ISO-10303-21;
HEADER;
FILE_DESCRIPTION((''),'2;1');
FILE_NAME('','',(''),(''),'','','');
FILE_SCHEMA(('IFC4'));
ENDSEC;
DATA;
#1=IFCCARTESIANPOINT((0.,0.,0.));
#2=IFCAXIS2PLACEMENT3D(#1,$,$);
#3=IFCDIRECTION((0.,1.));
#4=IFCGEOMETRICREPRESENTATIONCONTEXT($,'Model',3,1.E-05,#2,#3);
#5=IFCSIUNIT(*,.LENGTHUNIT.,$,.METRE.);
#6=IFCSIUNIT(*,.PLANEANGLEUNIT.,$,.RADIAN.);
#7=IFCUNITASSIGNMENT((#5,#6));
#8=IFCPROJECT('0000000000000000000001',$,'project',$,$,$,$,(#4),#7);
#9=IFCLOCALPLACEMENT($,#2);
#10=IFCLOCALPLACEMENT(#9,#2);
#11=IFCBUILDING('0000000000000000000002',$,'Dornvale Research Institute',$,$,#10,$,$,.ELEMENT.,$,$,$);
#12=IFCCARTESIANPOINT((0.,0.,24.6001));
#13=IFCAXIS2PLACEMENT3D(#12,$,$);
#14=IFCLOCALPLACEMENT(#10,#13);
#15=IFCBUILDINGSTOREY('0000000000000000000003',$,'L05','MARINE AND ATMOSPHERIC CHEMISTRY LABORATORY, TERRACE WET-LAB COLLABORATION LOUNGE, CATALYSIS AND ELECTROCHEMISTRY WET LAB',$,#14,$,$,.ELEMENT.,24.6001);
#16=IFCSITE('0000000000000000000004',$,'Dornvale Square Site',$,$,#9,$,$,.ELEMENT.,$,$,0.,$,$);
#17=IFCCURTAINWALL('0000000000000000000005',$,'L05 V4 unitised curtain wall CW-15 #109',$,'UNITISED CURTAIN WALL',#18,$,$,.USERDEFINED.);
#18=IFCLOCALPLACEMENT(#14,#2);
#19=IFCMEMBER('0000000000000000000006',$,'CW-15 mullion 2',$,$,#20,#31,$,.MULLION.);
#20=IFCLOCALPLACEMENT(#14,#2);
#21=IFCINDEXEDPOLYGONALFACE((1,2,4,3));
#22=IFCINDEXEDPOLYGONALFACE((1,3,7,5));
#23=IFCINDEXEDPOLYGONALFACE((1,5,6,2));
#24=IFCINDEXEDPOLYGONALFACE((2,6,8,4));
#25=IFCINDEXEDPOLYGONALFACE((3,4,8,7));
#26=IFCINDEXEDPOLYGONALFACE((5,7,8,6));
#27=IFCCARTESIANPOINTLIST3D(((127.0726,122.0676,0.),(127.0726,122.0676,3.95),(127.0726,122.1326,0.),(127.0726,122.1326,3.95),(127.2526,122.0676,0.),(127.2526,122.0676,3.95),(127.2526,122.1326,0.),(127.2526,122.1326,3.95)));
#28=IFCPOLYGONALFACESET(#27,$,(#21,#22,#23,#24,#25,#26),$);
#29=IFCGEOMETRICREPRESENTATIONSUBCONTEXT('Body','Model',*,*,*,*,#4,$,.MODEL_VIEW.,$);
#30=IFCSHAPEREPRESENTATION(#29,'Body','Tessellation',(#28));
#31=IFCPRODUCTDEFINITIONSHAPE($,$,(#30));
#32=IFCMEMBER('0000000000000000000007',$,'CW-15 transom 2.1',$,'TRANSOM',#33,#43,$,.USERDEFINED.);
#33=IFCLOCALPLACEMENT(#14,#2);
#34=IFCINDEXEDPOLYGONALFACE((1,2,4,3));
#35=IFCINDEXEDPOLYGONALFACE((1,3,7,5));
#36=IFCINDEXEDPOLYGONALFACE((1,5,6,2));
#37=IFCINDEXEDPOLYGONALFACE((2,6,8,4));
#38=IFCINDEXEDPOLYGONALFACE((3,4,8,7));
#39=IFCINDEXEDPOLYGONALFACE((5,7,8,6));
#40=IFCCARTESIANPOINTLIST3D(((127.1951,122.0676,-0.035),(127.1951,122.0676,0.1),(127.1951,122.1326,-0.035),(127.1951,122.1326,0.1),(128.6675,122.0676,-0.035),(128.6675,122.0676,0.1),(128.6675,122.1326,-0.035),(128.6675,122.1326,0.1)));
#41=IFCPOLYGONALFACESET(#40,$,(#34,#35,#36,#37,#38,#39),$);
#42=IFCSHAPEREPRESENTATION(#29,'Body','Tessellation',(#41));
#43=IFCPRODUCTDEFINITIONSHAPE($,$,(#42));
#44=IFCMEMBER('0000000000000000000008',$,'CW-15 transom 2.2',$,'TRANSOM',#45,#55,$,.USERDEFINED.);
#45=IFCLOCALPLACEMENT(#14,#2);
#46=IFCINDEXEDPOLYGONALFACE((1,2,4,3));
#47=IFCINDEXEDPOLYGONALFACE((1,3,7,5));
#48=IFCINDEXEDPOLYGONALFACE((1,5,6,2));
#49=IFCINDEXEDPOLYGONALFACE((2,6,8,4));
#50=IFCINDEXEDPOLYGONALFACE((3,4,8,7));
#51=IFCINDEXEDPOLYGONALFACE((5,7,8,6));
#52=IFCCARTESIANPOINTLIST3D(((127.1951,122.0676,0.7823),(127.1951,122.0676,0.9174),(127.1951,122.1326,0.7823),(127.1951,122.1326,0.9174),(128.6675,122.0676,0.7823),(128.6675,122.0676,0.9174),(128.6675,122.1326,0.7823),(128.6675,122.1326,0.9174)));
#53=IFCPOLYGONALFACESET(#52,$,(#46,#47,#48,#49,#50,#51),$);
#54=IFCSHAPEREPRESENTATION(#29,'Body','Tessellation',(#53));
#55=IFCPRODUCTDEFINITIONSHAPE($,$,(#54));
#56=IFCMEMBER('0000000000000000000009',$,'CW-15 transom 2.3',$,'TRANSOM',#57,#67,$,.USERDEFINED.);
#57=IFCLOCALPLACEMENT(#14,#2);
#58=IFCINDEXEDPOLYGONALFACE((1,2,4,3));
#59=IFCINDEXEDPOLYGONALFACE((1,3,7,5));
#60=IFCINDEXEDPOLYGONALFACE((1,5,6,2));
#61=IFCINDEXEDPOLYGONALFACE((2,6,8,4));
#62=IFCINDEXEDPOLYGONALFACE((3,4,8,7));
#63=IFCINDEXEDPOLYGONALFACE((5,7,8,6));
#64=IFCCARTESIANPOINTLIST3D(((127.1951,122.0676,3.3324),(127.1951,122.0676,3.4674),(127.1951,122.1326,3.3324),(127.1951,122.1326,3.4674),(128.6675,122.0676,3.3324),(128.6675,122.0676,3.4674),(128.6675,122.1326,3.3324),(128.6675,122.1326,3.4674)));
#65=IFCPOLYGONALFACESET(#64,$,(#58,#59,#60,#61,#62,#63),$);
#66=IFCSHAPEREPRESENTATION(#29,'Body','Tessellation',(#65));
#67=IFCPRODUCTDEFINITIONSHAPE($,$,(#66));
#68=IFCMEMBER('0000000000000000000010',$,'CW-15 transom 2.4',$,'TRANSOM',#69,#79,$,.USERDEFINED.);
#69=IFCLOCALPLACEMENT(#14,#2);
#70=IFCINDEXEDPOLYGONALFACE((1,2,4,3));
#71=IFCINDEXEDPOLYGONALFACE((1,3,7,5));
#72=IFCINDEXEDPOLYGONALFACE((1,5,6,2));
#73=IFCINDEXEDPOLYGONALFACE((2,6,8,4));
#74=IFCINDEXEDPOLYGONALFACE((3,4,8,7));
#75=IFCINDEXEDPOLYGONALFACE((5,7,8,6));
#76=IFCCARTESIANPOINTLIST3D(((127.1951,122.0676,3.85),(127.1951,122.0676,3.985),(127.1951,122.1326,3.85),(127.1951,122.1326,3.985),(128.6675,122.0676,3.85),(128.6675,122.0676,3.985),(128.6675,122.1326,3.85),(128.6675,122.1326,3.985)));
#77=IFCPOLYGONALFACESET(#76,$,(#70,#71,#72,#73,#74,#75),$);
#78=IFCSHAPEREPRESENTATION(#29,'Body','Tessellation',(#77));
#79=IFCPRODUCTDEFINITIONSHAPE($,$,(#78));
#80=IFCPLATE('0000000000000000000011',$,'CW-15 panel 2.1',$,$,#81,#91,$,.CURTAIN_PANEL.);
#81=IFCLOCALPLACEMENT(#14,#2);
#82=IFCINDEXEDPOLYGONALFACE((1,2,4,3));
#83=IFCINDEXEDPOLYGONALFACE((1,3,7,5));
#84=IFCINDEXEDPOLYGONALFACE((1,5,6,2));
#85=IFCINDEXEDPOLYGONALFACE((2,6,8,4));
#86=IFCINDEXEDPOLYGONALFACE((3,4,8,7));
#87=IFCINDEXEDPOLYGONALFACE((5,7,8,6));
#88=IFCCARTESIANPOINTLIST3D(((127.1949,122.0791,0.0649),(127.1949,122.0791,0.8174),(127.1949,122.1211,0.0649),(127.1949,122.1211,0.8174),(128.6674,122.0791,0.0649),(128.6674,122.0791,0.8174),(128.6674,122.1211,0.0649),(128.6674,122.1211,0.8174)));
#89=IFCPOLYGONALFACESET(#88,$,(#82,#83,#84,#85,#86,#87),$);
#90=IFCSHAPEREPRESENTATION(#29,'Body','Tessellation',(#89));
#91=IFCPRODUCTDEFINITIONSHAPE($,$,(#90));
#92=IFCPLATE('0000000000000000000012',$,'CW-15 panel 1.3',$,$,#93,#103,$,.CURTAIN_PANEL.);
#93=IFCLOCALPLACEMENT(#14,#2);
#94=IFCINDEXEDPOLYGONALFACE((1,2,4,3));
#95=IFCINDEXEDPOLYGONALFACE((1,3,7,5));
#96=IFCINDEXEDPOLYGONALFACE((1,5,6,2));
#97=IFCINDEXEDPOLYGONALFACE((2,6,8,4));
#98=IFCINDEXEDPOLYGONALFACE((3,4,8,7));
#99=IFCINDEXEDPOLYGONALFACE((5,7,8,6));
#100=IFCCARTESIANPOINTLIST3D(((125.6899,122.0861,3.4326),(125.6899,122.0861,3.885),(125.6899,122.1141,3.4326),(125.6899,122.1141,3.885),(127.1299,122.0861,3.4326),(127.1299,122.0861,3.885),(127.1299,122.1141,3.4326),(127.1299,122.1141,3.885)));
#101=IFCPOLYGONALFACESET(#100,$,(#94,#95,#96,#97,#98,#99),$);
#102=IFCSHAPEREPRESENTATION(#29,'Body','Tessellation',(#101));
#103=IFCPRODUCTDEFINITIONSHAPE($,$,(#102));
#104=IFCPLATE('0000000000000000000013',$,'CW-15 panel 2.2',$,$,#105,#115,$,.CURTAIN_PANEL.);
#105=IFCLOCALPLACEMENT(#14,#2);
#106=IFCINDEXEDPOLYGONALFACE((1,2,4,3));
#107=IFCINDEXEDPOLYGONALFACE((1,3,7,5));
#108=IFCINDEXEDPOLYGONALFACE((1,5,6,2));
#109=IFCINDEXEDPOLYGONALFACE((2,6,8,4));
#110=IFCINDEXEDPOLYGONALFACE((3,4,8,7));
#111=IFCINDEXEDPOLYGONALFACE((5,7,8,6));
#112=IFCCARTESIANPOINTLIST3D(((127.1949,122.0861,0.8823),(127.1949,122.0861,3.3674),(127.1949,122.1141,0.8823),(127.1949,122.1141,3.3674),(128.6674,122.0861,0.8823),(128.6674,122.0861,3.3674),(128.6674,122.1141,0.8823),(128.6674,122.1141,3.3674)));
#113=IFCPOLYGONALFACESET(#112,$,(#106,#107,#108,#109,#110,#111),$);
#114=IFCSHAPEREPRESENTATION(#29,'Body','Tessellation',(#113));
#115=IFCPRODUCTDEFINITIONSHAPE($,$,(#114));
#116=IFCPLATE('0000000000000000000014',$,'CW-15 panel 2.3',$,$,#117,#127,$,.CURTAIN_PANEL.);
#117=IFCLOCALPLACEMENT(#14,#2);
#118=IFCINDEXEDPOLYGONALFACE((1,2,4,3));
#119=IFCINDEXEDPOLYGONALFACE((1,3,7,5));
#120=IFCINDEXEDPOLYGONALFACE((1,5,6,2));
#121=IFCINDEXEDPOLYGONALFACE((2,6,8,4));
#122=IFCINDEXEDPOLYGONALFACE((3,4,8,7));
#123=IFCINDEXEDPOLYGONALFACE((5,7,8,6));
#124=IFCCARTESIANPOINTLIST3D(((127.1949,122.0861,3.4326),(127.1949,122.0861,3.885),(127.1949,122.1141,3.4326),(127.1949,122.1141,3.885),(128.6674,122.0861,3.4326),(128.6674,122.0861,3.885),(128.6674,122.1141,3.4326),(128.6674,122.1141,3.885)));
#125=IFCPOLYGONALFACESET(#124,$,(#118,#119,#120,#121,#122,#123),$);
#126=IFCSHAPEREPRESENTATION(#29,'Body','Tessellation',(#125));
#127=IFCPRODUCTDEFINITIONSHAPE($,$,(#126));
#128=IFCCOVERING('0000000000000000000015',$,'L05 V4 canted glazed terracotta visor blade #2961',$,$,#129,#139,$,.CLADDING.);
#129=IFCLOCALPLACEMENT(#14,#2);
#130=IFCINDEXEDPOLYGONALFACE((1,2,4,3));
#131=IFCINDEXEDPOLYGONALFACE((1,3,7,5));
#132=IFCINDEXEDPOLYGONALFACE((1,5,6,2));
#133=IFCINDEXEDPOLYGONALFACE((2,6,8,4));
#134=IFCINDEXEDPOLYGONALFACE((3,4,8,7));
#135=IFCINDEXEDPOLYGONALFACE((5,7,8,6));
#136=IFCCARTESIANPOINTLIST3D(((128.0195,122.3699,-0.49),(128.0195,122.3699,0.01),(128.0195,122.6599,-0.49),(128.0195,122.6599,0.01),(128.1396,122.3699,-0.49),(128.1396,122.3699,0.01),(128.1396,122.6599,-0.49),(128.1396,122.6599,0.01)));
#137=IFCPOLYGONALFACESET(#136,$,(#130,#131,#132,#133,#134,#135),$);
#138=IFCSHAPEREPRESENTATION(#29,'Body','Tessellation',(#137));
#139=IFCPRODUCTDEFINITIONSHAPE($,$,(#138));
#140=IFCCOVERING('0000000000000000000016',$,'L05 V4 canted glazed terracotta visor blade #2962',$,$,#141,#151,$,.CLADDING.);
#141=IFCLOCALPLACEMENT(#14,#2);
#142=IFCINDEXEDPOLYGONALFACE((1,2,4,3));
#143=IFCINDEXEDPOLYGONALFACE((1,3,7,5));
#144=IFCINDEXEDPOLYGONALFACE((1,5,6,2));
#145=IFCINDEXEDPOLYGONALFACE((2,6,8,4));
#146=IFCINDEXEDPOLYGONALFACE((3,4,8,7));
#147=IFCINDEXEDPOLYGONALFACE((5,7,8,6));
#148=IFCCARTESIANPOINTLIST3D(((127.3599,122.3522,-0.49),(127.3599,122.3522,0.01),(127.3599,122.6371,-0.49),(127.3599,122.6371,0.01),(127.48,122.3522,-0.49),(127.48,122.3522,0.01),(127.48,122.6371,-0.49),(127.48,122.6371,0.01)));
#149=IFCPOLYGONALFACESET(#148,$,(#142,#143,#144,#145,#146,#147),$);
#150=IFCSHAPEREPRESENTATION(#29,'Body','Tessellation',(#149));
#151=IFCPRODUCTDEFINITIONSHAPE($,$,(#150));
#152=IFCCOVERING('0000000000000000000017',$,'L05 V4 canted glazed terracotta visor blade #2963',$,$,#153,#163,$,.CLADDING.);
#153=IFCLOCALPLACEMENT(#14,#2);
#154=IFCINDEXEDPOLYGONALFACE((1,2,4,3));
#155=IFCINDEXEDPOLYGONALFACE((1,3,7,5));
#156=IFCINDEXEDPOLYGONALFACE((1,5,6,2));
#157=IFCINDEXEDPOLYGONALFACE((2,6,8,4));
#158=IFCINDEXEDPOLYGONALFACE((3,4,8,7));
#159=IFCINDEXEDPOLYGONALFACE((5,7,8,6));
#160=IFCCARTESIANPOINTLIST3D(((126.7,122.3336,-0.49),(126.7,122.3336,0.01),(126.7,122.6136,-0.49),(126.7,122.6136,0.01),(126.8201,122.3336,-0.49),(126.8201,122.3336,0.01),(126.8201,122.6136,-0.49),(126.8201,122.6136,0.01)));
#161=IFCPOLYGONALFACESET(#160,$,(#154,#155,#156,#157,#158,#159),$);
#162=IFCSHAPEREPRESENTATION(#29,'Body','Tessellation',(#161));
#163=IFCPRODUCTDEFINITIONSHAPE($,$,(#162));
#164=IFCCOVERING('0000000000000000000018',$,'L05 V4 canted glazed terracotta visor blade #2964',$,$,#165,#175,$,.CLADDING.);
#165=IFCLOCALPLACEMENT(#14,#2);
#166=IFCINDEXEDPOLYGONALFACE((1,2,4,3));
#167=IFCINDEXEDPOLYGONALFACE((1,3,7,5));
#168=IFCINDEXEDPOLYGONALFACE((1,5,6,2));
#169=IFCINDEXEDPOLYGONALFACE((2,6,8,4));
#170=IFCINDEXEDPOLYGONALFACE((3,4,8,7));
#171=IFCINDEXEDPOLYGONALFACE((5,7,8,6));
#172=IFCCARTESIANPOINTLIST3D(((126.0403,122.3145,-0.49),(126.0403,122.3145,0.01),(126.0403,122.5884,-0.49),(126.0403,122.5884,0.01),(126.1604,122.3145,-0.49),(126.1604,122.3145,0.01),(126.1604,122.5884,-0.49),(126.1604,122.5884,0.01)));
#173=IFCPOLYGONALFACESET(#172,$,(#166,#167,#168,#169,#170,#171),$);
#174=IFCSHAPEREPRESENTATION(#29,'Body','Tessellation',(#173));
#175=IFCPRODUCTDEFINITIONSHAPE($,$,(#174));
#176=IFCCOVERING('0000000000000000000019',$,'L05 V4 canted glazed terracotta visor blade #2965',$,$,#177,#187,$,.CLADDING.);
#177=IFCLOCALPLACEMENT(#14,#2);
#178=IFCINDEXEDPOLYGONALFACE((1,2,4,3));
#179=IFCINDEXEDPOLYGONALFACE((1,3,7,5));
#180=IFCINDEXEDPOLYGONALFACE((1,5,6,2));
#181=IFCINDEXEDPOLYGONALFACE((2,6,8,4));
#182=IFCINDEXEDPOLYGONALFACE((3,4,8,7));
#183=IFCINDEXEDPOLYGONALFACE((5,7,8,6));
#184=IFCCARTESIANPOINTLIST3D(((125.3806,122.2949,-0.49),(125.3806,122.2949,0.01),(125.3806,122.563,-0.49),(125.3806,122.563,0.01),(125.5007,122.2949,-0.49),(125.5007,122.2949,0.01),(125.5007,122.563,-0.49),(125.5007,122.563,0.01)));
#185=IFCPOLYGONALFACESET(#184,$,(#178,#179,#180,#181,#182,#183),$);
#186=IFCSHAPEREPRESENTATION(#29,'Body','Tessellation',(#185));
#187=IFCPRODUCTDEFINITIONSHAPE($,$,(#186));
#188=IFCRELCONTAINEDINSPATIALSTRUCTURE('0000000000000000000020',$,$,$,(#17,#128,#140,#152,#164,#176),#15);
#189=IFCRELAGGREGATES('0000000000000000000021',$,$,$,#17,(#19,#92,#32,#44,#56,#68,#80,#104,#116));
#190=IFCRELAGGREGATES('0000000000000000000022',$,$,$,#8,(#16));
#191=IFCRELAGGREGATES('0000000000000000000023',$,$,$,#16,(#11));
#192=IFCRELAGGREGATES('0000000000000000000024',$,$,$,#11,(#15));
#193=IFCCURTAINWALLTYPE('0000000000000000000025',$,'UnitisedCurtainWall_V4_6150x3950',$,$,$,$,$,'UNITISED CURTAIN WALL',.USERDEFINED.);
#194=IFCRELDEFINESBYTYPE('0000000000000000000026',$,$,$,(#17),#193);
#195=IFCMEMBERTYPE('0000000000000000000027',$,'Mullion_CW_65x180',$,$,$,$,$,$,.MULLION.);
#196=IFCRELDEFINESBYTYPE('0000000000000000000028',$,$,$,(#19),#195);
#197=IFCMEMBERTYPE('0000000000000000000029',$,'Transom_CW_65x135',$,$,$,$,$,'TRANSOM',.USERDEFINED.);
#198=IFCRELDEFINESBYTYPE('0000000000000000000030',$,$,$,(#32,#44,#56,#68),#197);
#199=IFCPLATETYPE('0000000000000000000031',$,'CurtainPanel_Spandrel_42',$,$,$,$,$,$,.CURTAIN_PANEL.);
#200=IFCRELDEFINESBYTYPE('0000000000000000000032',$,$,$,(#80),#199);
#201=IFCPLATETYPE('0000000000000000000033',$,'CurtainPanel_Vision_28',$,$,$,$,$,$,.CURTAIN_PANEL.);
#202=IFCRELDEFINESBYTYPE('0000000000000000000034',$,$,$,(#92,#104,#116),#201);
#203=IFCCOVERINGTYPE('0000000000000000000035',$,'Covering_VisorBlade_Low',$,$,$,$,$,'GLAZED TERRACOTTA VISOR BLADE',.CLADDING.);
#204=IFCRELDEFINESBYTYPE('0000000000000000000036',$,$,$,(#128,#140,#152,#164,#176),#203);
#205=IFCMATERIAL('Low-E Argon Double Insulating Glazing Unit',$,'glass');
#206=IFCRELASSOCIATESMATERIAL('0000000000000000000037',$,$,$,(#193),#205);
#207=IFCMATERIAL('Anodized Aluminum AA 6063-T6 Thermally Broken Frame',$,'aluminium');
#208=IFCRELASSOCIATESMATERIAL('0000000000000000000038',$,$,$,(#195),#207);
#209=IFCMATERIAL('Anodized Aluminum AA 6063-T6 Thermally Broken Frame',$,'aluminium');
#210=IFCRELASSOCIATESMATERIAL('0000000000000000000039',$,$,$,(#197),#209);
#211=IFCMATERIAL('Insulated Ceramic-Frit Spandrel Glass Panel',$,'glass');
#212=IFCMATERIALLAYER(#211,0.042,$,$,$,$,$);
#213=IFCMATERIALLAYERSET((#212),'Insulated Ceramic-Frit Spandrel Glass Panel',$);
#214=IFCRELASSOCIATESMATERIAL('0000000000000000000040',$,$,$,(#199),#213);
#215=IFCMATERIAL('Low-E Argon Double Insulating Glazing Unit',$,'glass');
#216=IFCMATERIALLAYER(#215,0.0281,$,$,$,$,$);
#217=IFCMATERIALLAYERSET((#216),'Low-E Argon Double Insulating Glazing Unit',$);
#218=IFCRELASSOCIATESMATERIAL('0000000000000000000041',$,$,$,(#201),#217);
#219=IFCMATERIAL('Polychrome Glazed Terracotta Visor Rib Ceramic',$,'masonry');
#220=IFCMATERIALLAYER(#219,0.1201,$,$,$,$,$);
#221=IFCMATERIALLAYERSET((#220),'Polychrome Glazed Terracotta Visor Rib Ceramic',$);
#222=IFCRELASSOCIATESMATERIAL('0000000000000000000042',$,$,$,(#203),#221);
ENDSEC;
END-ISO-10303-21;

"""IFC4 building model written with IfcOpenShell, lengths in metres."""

from ifc_helpers import new_model, si_unit, direction, frame, origin, origin_2d, place, context, subcontext, project, spatial, rectangle, extrude, material, layer, layer_set, material_profile, profile_set, type_object, element, aggregate, save


model = new_model("IFC4")

# Units and contexts
model_context = context("Model", 3, precision=1e-05, world=origin(), true_north=direction((0.0, 1.0)))
body_context = subcontext(model_context, "Body", "Model", "MODEL_VIEW")
ifc_project = project(units=[si_unit("LENGTHUNIT", "METRE"), si_unit("PLANEANGLEUNIT", "RADIAN")], contexts=[model_context])

# Site, building, storey
site_placement = place(None, origin())
site = spatial("IfcSite", under=ifc_project, at=site_placement, Name="Dornvale Square Site", CompositionType="ELEMENT", RefElevation=0.0)
building_placement = place(site_placement, origin())
building = spatial("IfcBuilding", under=site, at=building_placement, Name="Dornvale Research Institute", CompositionType="ELEMENT")
storey_placement = place(building_placement, frame((0.0, 0.0, 24.6001)))
storey = spatial("IfcBuildingStorey", under=building, at=storey_placement, Name="L05", Description="MARINE AND ATMOSPHERIC CHEMISTRY LABORATORY, TERRACE WET-LAB COLLABORATION LOUNGE, CATALYSIS AND ELECTROCHEMISTRY WET LAB", CompositionType="ELEMENT", Elevation=24.6001)

# Curtain wall, members, plates
ifc_material_1 = material(Name="Low-E Argon Double Insulating Glazing Unit", Category="glass")
curtain_wall_type = type_object("IfcCurtainWallType", Name="UnitisedCurtainWall_V4_6150x3950", ElementType="UNITISED CURTAIN WALL", PredefinedType="USERDEFINED", material=ifc_material_1)
curtain_wall_placement = place(storey_placement, origin())
curtain_wall = element("IfcCurtainWall", 1, at=curtain_wall_placement, inside=storey, type_object=curtain_wall_type, Name="L05 V4 unitised curtain wall CW-15 #109", ObjectType="UNITISED CURTAIN WALL", PredefinedType="USERDEFINED")
ifc_material_2 = material(Name="Anodized Aluminum AA 6063-T6 Thermally Broken Frame", Category="aluminium")
ifc_material_profile_1 = material_profile(ifc_material_2, rectangle(XDim=0.0649, YDim=0.1799, at=origin_2d()), Name="ALU MULLION 65x180")
ifc_profile_set_1 = profile_set([ifc_material_profile_1], Name="Anodized Aluminum AA 6063-T6 Thermally Broken Frame")
member_type_1 = type_object("IfcMemberType", Name="Mullion_CW_65x180", PredefinedType="MULLION", material=ifc_profile_set_1)
member_1_placement = place(storey_placement, frame((127.1626, 122.1001, 0.0), z_axis=(0.0, 0.0, 1.0), x_axis=(0.0, 1.0, 0.0)))
member_1 = element("IfcMember", 2, at=member_1_placement, type_object=member_type_1, Name="CW-15 mullion 2", PredefinedType="MULLION", context=body_context, shape_type="SweptSolid", body=[
    extrude(rectangle(XDim=0.0649, YDim=0.1799, at=origin_2d()), origin(), (0.0, 0.0, 1.0), 3.95),
])
ifc_material_3 = material(Name="Anodized Aluminum AA 6063-T6 Thermally Broken Frame", Category="aluminium")
ifc_material_profile_2 = material_profile(ifc_material_3, rectangle(XDim=0.0649, YDim=0.135, at=origin_2d()), Name="ALU TRANSOM 65x135")
ifc_profile_set_2 = profile_set([ifc_material_profile_2], Name="Anodized Aluminum AA 6063-T6 Thermally Broken Frame")
member_type_2 = type_object("IfcMemberType", Name="Transom_CW_65x135", ElementType="TRANSOM", PredefinedType="USERDEFINED", material=ifc_profile_set_2)
member_2_placement = place(storey_placement, frame((127.1951, 122.1001, 0.0325), z_axis=(1.0, 0.0, 0.0), x_axis=(0.0, 1.0, 0.0)))
member_2 = element("IfcMember", 3, at=member_2_placement, type_object=member_type_2, Name="CW-15 transom 2.1", ObjectType="TRANSOM", PredefinedType="USERDEFINED", context=body_context, shape_type="SweptSolid", body=[
    extrude(rectangle(XDim=0.0649, YDim=0.135, at=origin_2d()), origin(), (0.0, 0.0, 1.0), 1.4724),
])
member_3_placement = place(storey_placement, frame((127.1951, 122.1001, 0.8499), z_axis=(1.0, 0.0, 0.0), x_axis=(0.0, 1.0, 0.0)))
member_3 = element("IfcMember", 4, at=member_3_placement, type_object=member_type_2, Name="CW-15 transom 2.2", ObjectType="TRANSOM", PredefinedType="USERDEFINED", context=body_context, shape_type="SweptSolid", body=[
    extrude(rectangle(XDim=0.0649, YDim=0.135, at=origin_2d()), origin(), (0.0, 0.0, 1.0), 1.4724),
])
member_4_placement = place(storey_placement, frame((127.1951, 122.1001, 3.3999), z_axis=(1.0, 0.0, 0.0), x_axis=(0.0, 1.0, 0.0)))
member_4 = element("IfcMember", 5, at=member_4_placement, type_object=member_type_2, Name="CW-15 transom 2.3", ObjectType="TRANSOM", PredefinedType="USERDEFINED", context=body_context, shape_type="SweptSolid", body=[
    extrude(rectangle(XDim=0.0649, YDim=0.135, at=origin_2d()), origin(), (0.0, 0.0, 1.0), 1.4724),
])
member_5_placement = place(storey_placement, frame((127.1951, 122.1001, 3.9175), z_axis=(1.0, 0.0, 0.0), x_axis=(0.0, 1.0, 0.0)))
member_5 = element("IfcMember", 6, at=member_5_placement, type_object=member_type_2, Name="CW-15 transom 2.4", ObjectType="TRANSOM", PredefinedType="USERDEFINED", context=body_context, shape_type="SweptSolid", body=[
    extrude(rectangle(XDim=0.0649, YDim=0.135, at=origin_2d()), origin(), (0.0, 0.0, 1.0), 1.4724),
])
ifc_material_4 = material(Name="Insulated Ceramic-Frit Spandrel Glass Panel", Category="glass")
ifc_layer_1 = layer(ifc_material_4, 0.042)
ifc_layer_set_1 = layer_set([ifc_layer_1], Name="Insulated Ceramic-Frit Spandrel Glass Panel")
plate_type_1 = type_object("IfcPlateType", Name="CurtainPanel_Spandrel_42", PredefinedType="CURTAIN_PANEL", material=ifc_layer_set_1)
plate_1_placement = place(storey_placement, frame((127.9312, 122.1001, 0.0649), z_axis=(0.0, 0.0, 1.0), x_axis=(1.0, 0.0, 0.0)))
plate_1 = element("IfcPlate", 7, at=plate_1_placement, type_object=plate_type_1, Name="CW-15 panel 2.1", PredefinedType="CURTAIN_PANEL", context=body_context, shape_type="SweptSolid", body=[
    extrude(rectangle(XDim=1.4724, YDim=0.042, at=origin_2d()), origin(), (0.0, 0.0, 1.0), 0.7524),
])
ifc_material_5 = material(Name="Low-E Argon Double Insulating Glazing Unit", Category="glass")
ifc_layer_2 = layer(ifc_material_5, 0.0281)
ifc_layer_set_2 = layer_set([ifc_layer_2], Name="Low-E Argon Double Insulating Glazing Unit")
plate_type_2 = type_object("IfcPlateType", Name="CurtainPanel_Vision_28", PredefinedType="CURTAIN_PANEL", material=ifc_layer_set_2)
plate_2_placement = place(storey_placement, frame((126.4099, 122.1001, 3.4326), z_axis=(0.0, 0.0, 1.0), x_axis=(1.0, 0.0, 0.0)))
plate_2 = element("IfcPlate", 8, at=plate_2_placement, type_object=plate_type_2, Name="CW-15 panel 1.3", PredefinedType="CURTAIN_PANEL", context=body_context, shape_type="SweptSolid", body=[
    extrude(rectangle(XDim=1.4399, YDim=0.0281, at=origin_2d()), origin(), (0.0, 0.0, 1.0), 0.4524),
])
plate_3_placement = place(storey_placement, frame((127.9312, 122.1001, 0.8823), z_axis=(0.0, 0.0, 1.0), x_axis=(1.0, 0.0, 0.0)))
plate_3 = element("IfcPlate", 9, at=plate_3_placement, type_object=plate_type_2, Name="CW-15 panel 2.2", PredefinedType="CURTAIN_PANEL", context=body_context, shape_type="SweptSolid", body=[
    extrude(rectangle(XDim=1.4724, YDim=0.0281, at=origin_2d()), origin(), (0.0, 0.0, 1.0), 2.4851),
])
plate_4_placement = place(storey_placement, frame((127.9312, 122.1001, 3.4326), z_axis=(0.0, 0.0, 1.0), x_axis=(1.0, 0.0, 0.0)))
plate_4 = element("IfcPlate", 10, at=plate_4_placement, type_object=plate_type_2, Name="CW-15 panel 2.3", PredefinedType="CURTAIN_PANEL", context=body_context, shape_type="SweptSolid", body=[
    extrude(rectangle(XDim=1.4724, YDim=0.0281, at=origin_2d()), origin(), (0.0, 0.0, 1.0), 0.4524),
])
aggregate(curtain_wall, [member_1, plate_2, member_2, member_3, member_4, member_5, plate_1, plate_3, plate_4])

# Coverings
ifc_material_6 = material(Name="Polychrome Glazed Terracotta Visor Rib Ceramic", Category="masonry")
ifc_layer_3 = layer(ifc_material_6, 0.1201)
ifc_layer_set_3 = layer_set([ifc_layer_3], Name="Polychrome Glazed Terracotta Visor Rib Ceramic")
covering_type = type_object("IfcCoveringType", Name="Covering_VisorBlade_Low", ElementType="GLAZED TERRACOTTA VISOR BLADE", PredefinedType="CLADDING", material=ifc_layer_set_3)
covering_1_placement = place(storey_placement, frame((128.0796, 122.5149, -0.49), z_axis=(0.0, 0.0, 1.0), x_axis=(0.0, 1.0, 0.0)))
element("IfcCovering", 11, at=covering_1_placement, inside=storey, type_object=covering_type, Name="L05 V4 canted glazed terracotta visor blade #2961", PredefinedType="CLADDING", context=body_context, shape_type="SweptSolid", body=[
    extrude(rectangle(XDim=0.29, YDim=0.1201, at=origin_2d()), origin(), (0.0, 0.0, 1.0), 0.5),
])
covering_2_placement = place(storey_placement, frame((127.4199, 122.4946, -0.49), z_axis=(0.0, 0.0, 1.0), x_axis=(0.0, 1.0, 0.0)))
element("IfcCovering", 12, at=covering_2_placement, inside=storey, type_object=covering_type, Name="L05 V4 canted glazed terracotta visor blade #2962", PredefinedType="CLADDING", context=body_context, shape_type="SweptSolid", body=[
    extrude(rectangle(XDim=0.2849, YDim=0.1201, at=origin_2d()), origin(), (0.0, 0.0, 1.0), 0.5),
])
covering_3_placement = place(storey_placement, frame((126.76, 122.4736, -0.49), z_axis=(0.0, 0.0, 1.0), x_axis=(0.0, 1.0, 0.0)))
element("IfcCovering", 13, at=covering_3_placement, inside=storey, type_object=covering_type, Name="L05 V4 canted glazed terracotta visor blade #2963", PredefinedType="CLADDING", context=body_context, shape_type="SweptSolid", body=[
    extrude(rectangle(XDim=0.28, YDim=0.1201, at=origin_2d()), origin(), (0.0, 0.0, 1.0), 0.5),
])
covering_4_placement = place(storey_placement, frame((126.1003, 122.4514, -0.49), z_axis=(0.0, 0.0, 1.0), x_axis=(0.0, 1.0, 0.0)))
element("IfcCovering", 14, at=covering_4_placement, inside=storey, type_object=covering_type, Name="L05 V4 canted glazed terracotta visor blade #2964", PredefinedType="CLADDING", context=body_context, shape_type="SweptSolid", body=[
    extrude(rectangle(XDim=0.2739, YDim=0.1201, at=origin_2d()), origin(), (0.0, 0.0, 1.0), 0.5),
])
covering_5_placement = place(storey_placement, frame((125.4407, 122.429, -0.49), z_axis=(0.0, 0.0, 1.0), x_axis=(0.0, 1.0, 0.0)))
element("IfcCovering", 15, at=covering_5_placement, inside=storey, type_object=covering_type, Name="L05 V4 canted glazed terracotta visor blade #2965", PredefinedType="CLADDING", context=body_context, shape_type="SweptSolid", body=[
    extrude(rectangle(XDim=0.2681, YDim=0.1201, at=origin_2d()), origin(), (0.0, 0.0, 1.0), 0.5),
])

save(model, "model.ifc")
